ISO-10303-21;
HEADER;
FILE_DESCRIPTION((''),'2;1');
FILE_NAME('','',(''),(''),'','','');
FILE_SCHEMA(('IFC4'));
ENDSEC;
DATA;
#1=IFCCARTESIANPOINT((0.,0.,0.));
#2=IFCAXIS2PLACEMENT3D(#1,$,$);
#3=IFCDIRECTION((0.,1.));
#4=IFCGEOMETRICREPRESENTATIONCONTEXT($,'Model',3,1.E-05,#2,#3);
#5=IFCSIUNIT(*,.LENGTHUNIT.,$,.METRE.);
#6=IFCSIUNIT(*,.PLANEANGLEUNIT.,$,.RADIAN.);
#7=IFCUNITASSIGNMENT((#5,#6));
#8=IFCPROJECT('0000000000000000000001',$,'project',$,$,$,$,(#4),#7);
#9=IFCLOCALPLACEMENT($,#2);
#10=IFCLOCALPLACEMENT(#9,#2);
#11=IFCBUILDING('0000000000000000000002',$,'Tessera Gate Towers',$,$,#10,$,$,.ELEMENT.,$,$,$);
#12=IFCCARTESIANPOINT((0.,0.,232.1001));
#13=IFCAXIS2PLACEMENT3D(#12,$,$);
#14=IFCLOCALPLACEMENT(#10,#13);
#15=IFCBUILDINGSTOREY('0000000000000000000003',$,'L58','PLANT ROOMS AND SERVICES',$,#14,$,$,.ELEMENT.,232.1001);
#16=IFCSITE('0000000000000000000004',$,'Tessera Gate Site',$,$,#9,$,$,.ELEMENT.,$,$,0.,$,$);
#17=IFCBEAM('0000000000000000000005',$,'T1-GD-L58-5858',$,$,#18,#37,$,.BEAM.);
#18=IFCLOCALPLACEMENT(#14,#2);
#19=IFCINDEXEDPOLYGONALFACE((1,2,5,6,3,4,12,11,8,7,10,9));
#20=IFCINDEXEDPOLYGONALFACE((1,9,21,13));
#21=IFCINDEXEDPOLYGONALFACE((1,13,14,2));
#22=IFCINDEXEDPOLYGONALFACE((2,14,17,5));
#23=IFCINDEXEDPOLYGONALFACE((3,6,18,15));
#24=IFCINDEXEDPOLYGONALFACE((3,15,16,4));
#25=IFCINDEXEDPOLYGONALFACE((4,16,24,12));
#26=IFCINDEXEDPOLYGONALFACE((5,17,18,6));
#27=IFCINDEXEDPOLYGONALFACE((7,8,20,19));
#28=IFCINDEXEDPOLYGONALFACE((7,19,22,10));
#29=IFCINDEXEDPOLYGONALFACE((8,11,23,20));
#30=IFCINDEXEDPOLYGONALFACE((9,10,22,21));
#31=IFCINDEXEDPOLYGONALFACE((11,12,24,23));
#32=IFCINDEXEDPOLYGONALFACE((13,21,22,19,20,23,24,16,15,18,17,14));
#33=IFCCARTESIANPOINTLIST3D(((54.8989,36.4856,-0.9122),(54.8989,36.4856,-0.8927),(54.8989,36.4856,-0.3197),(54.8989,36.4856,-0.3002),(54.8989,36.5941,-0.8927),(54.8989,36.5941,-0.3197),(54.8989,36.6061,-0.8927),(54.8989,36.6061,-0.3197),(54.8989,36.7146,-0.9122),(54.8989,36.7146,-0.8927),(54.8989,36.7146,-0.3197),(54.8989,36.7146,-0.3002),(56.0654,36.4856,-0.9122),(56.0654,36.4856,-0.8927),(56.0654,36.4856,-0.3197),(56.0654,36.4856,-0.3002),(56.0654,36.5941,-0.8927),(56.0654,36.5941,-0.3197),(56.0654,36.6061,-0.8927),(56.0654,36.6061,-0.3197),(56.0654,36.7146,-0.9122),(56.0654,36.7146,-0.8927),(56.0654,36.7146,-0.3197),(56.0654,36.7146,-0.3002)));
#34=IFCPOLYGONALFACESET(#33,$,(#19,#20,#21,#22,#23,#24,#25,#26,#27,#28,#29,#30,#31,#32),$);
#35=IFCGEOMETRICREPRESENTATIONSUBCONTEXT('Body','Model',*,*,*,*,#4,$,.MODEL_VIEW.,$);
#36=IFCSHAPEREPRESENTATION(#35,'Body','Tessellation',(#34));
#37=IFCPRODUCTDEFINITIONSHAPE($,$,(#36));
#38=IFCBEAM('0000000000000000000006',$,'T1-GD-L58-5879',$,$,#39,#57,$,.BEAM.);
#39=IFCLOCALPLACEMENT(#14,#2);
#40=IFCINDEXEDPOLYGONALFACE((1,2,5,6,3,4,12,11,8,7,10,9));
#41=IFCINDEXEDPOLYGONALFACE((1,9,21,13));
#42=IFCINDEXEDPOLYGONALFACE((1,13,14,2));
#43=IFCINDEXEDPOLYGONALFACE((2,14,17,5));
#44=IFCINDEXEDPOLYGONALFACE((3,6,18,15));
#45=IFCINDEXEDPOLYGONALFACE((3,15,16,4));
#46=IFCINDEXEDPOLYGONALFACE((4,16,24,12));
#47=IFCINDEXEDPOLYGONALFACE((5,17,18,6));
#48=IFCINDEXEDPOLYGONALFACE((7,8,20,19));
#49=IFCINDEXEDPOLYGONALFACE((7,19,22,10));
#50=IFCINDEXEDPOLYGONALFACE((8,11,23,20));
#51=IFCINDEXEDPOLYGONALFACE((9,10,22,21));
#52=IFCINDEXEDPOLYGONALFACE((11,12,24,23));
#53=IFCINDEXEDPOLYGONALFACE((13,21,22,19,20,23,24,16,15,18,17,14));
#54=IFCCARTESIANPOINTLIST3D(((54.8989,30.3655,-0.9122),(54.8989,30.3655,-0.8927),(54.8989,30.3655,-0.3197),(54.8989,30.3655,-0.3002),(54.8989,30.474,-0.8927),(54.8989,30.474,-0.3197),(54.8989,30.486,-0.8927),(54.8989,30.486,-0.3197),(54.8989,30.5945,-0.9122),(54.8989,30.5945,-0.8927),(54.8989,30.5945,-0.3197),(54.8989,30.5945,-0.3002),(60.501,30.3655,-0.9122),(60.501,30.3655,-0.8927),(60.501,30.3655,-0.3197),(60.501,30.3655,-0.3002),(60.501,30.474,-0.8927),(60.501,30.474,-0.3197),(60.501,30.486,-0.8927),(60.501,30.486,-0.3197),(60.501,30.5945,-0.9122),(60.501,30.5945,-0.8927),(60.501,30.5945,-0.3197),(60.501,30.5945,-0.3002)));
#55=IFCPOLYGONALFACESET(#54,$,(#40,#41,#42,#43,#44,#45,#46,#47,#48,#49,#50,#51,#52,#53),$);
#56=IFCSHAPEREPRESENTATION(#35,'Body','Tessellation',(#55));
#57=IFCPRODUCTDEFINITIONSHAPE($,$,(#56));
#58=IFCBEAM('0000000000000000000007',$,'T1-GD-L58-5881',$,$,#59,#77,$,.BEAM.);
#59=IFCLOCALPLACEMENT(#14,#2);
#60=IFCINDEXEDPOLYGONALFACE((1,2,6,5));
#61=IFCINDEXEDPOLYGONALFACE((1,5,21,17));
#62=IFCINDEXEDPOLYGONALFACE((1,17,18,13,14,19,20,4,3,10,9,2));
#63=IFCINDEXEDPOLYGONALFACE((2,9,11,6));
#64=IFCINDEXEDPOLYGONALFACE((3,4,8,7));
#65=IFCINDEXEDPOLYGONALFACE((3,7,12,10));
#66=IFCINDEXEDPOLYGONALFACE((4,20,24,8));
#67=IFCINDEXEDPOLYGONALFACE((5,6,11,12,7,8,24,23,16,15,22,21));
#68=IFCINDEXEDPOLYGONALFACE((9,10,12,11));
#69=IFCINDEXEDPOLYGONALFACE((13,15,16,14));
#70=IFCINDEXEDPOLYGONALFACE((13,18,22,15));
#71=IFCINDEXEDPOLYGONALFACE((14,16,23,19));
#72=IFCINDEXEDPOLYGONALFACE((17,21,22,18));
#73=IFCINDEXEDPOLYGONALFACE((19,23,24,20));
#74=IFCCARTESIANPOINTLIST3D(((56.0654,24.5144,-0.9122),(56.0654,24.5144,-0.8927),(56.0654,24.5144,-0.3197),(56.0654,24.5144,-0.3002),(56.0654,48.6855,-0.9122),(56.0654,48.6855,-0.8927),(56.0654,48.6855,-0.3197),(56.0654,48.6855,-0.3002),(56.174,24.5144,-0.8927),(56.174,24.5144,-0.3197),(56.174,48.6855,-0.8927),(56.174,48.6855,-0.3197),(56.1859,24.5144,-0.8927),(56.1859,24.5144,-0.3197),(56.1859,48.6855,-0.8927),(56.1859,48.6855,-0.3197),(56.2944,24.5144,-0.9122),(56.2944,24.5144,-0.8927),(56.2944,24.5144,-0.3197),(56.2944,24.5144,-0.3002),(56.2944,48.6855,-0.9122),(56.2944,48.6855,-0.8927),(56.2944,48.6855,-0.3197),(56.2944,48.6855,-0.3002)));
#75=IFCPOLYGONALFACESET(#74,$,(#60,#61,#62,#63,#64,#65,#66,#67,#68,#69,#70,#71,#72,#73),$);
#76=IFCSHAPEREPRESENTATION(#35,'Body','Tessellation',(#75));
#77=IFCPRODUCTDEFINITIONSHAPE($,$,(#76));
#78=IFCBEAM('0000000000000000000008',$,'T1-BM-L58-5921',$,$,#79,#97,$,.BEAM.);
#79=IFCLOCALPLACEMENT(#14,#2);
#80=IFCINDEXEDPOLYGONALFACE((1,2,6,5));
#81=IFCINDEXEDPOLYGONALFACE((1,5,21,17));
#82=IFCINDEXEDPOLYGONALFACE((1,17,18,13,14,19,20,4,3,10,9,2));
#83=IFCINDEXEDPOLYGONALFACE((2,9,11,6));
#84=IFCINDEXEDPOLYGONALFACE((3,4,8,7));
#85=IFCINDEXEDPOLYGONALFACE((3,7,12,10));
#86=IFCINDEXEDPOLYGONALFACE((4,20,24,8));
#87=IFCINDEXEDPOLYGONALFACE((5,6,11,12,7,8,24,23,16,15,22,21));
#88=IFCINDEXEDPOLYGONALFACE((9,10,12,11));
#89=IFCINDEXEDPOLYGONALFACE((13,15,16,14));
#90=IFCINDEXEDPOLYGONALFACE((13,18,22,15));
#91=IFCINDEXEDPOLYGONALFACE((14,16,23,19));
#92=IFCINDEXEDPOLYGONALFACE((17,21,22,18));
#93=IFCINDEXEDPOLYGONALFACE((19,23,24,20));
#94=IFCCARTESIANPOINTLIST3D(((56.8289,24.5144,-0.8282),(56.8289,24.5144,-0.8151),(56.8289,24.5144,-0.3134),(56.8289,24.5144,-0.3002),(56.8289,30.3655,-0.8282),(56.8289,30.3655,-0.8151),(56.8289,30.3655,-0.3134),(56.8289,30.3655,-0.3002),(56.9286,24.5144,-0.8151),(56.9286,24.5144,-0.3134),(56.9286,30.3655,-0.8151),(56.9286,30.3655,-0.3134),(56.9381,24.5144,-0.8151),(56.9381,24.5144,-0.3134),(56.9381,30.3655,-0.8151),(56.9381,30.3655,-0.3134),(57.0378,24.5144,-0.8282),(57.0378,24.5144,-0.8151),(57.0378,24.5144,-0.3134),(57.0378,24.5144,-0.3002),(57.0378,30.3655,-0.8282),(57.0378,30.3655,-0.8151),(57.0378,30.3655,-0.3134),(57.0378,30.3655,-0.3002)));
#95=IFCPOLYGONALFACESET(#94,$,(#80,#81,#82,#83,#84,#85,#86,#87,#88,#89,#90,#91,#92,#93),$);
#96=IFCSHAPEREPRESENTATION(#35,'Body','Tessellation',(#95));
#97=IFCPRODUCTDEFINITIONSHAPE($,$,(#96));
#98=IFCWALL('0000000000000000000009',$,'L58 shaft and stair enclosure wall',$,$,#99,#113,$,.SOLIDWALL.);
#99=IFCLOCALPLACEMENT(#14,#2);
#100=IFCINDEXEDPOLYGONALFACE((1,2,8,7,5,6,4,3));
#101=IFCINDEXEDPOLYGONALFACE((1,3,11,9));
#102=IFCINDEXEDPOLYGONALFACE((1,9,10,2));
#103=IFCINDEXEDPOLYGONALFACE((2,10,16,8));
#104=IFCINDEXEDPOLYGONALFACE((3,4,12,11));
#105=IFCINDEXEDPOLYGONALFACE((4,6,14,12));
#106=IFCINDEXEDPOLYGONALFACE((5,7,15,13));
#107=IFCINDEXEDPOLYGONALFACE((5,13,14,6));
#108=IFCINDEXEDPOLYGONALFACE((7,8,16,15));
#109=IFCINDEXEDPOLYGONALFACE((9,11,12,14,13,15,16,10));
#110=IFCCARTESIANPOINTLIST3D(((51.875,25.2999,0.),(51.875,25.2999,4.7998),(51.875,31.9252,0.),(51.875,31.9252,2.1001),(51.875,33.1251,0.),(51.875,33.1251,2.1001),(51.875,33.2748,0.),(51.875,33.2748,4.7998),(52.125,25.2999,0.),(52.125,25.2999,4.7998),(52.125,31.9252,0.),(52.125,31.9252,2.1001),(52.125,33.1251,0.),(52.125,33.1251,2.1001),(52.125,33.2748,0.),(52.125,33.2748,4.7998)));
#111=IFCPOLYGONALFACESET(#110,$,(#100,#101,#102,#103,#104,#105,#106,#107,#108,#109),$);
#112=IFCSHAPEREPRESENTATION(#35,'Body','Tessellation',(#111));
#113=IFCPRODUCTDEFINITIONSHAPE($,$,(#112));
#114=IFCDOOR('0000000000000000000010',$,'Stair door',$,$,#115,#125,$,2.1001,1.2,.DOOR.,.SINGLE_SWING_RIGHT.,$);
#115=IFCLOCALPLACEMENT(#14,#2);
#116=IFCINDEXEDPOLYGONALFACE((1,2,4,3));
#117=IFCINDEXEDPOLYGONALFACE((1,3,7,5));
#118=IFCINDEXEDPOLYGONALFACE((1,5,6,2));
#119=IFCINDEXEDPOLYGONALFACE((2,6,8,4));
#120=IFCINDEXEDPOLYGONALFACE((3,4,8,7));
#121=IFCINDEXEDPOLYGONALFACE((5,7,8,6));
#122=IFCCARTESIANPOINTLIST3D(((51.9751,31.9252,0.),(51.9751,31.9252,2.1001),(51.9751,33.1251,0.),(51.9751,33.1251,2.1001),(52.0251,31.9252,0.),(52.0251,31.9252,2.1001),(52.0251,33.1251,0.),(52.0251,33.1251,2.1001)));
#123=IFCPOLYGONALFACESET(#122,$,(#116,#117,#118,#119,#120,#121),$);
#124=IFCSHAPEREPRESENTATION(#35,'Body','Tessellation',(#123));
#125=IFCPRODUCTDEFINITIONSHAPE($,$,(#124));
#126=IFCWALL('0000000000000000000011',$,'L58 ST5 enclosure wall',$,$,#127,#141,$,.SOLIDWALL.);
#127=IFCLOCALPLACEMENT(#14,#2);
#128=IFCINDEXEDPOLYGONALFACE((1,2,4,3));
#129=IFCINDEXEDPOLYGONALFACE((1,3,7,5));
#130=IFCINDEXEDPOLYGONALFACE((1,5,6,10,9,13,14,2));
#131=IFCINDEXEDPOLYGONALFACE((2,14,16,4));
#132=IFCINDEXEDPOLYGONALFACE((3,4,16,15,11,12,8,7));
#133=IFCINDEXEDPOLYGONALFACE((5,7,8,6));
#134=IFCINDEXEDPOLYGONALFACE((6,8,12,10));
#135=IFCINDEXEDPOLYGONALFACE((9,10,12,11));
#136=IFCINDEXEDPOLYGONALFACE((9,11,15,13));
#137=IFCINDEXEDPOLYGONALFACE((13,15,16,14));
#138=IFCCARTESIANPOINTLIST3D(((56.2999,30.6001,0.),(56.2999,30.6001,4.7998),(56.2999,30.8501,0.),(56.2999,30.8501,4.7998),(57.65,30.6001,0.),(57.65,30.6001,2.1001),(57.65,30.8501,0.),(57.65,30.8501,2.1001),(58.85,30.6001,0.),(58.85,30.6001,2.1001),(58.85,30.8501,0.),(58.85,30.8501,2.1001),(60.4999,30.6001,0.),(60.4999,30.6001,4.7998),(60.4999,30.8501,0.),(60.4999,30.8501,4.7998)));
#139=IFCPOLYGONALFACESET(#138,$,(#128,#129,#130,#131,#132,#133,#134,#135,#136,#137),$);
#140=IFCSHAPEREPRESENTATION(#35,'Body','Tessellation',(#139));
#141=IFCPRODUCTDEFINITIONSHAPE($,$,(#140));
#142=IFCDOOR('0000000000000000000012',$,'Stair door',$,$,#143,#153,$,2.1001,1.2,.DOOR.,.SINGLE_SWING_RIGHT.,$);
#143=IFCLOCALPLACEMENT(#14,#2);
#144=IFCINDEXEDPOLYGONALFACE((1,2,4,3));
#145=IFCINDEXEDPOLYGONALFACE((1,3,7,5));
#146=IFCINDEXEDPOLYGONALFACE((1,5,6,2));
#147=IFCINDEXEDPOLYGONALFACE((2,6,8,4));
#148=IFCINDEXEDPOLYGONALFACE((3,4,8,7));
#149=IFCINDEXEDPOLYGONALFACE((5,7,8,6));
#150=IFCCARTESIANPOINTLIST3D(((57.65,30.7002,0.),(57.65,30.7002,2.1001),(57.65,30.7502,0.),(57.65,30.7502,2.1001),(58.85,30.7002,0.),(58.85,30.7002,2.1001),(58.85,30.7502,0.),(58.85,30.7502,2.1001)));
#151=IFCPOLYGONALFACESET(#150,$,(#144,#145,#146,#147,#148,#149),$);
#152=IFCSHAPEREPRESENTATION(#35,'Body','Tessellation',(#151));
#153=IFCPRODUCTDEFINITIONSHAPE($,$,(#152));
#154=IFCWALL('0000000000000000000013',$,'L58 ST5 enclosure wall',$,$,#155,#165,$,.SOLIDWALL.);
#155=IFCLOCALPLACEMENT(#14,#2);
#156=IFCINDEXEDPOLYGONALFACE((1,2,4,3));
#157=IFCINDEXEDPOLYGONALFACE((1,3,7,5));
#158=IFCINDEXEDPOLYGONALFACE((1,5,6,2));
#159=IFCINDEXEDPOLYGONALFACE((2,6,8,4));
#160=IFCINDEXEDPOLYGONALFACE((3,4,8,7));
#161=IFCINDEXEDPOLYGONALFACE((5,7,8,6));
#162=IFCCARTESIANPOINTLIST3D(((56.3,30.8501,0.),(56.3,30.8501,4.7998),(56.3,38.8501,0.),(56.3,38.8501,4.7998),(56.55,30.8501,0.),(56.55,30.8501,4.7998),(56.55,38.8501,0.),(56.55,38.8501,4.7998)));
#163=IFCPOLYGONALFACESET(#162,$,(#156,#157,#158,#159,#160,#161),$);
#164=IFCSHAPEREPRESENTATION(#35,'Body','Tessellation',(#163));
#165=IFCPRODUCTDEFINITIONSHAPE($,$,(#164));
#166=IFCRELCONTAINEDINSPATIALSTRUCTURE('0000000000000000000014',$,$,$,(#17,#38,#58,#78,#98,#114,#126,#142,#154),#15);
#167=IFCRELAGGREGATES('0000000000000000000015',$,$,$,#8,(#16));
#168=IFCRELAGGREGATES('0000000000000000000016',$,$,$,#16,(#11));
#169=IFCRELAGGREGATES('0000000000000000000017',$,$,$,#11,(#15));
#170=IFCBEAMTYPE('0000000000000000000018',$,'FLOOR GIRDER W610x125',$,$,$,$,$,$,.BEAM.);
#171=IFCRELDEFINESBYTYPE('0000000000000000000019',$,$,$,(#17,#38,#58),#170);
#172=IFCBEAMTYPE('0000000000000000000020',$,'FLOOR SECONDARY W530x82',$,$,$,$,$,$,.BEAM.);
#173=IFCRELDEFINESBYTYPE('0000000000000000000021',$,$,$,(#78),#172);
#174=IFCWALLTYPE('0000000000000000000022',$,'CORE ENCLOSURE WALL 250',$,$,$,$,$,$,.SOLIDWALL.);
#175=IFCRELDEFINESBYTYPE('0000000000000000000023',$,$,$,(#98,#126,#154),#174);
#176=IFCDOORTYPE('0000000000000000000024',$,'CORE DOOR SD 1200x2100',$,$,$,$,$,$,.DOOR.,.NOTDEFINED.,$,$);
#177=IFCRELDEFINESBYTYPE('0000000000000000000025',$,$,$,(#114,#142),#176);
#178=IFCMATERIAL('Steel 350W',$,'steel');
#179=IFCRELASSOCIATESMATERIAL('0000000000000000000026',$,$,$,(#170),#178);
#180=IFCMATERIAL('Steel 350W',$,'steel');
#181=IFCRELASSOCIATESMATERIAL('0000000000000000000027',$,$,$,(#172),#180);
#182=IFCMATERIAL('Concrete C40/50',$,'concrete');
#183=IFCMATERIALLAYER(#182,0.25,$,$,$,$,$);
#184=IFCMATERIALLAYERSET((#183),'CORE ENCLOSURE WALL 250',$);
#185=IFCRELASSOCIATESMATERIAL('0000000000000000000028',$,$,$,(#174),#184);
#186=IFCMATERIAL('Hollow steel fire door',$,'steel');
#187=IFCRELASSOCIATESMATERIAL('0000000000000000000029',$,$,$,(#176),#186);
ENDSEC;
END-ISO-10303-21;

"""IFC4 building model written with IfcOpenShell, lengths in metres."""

from ifc_helpers import new_model, si_unit, direction, frame, frame_2d, origin, origin_2d, place, context, subcontext, project, spatial, rectangle, i_section, extrude, source, transform, mapped, material, layer, layer_set, material_profile, profile_set, type_object, element, fill, save


model = new_model("IFC4")

# Units and contexts
model_context = context("Model", 3, precision=1e-05, world=origin(), true_north=direction((0.0, 1.0)))
body_context = subcontext(model_context, "Body", "Model", "MODEL_VIEW")
ifc_project = project(units=[si_unit("LENGTHUNIT", "METRE"), si_unit("PLANEANGLEUNIT", "RADIAN")], contexts=[model_context])

# Site, building, storey
site_placement = place(None, origin())
site = spatial("IfcSite", under=ifc_project, at=site_placement, Name="Tessera Gate Site", CompositionType="ELEMENT", RefElevation=0.0)
building_placement = place(site_placement, origin())
building = spatial("IfcBuilding", under=site, at=building_placement, Name="Tessera Gate Towers", CompositionType="ELEMENT")
storey_placement = place(building_placement, frame((0.0, 0.0, 232.1001)))
storey = spatial("IfcBuildingStorey", under=building, at=storey_placement, Name="L58", Description="PLANT ROOMS AND SERVICES", CompositionType="ELEMENT", Elevation=232.1001)

# Beams
ifc_material_1 = material(Name="Steel 350W", Category="steel")
ifc_material_profile_1 = material_profile(ifc_material_1, i_section(OverallWidth=0.229, OverallDepth=0.6121, WebThickness=0.012, FlangeThickness=0.0195, at=origin_2d()), Name="W610x125")
ifc_profile_set_1 = profile_set([ifc_material_profile_1], Name="Steel 350W")
beam_type_1 = type_object("IfcBeamType", Name="FLOOR GIRDER W610x125", PredefinedType="BEAM", material=ifc_profile_set_1)
beam_1_placement = place(storey_placement, frame((54.8989, 36.6001, -0.6062), z_axis=(1.0, 0.0, 0.0), x_axis=(0.0, 1.0, 0.0)))
element("IfcBeam", 1, at=beam_1_placement, inside=storey, type_object=beam_type_1, Name="T1-GD-L58-5858", PredefinedType="BEAM", context=body_context, shape_type="SweptSolid", body=[
    extrude(i_section(OverallWidth=0.229, OverallDepth=0.6121, WebThickness=0.012, FlangeThickness=0.0195, at=origin_2d()), origin(), (0.0, 0.0, 1.0), 1.1665),
])
beam_2_placement = place(storey_placement, frame((54.8989, 30.48, -0.6062), z_axis=(1.0, 0.0, 0.0), x_axis=(0.0, 1.0, 0.0)))
element("IfcBeam", 2, at=beam_2_placement, inside=storey, type_object=beam_type_1, Name="T1-GD-L58-5879", PredefinedType="BEAM", context=body_context, shape_type="SweptSolid", body=[
    extrude(i_section(OverallWidth=0.229, OverallDepth=0.6121, WebThickness=0.012, FlangeThickness=0.0195, at=origin_2d()), origin(), (0.0, 0.0, 1.0), 5.6021),
])
beam_3_placement = place(storey_placement, frame((56.1799, 24.5144, -0.6062), z_axis=(0.0, 1.0, 0.0), x_axis=(-1.0, 0.0, 0.0)))
element("IfcBeam", 3, at=beam_3_placement, inside=storey, type_object=beam_type_1, Name="T1-GD-L58-5881", PredefinedType="BEAM", context=body_context, shape_type="SweptSolid", body=[
    extrude(i_section(OverallWidth=0.229, OverallDepth=0.6121, WebThickness=0.012, FlangeThickness=0.0195, at=origin_2d()), origin(), (0.0, 0.0, 1.0), 24.1711),
])
ifc_material_2 = material(Name="Steel 350W", Category="steel")
ifc_material_profile_2 = material_profile(ifc_material_2, i_section(OverallWidth=0.209, OverallDepth=0.5281, WebThickness=0.0095, FlangeThickness=0.0132, at=origin_2d()), Name="W530x82")
ifc_profile_set_2 = profile_set([ifc_material_profile_2], Name="Steel 350W")
beam_type_2 = type_object("IfcBeamType", Name="FLOOR SECONDARY W530x82", PredefinedType="BEAM", material=ifc_profile_set_2)
beam_4_placement = place(storey_placement, frame((56.9333, 24.5144, -0.5642), z_axis=(0.0, 1.0, 0.0), x_axis=(-1.0, 0.0, 0.0)))
element("IfcBeam", 4, at=beam_4_placement, inside=storey, type_object=beam_type_2, Name="T1-BM-L58-5921", PredefinedType="BEAM", context=body_context, shape_type="SweptSolid", body=[
    extrude(i_section(OverallWidth=0.209, OverallDepth=0.5281, WebThickness=0.0095, FlangeThickness=0.0132, at=origin_2d()), origin(), (0.0, 0.0, 1.0), 5.8511),
])

# Walls, openings, doors
ifc_material_3 = material(Name="Concrete C40/50", Category="concrete")
ifc_layer_1 = layer(ifc_material_3, 0.25)
ifc_layer_set_1 = layer_set([ifc_layer_1], Name="CORE ENCLOSURE WALL 250")
wall_type_1 = type_object("IfcWallType", Name="CORE ENCLOSURE WALL 250", PredefinedType="SOLIDWALL", material=ifc_layer_set_1)
wall_1_placement = place(storey_placement, frame((52.0, 25.3, 0.0), z_axis=(0.0, 0.0, 1.0), x_axis=(0.0, 1.0, 0.0)))
wall_1 = element("IfcWall", 5, at=wall_1_placement, inside=storey, type_object=wall_type_1, Name="L58 shaft and stair enclosure wall", PredefinedType="SOLIDWALL", context=body_context, shape_type="SweptSolid", body=[
    extrude(rectangle(XDim=7.9749, YDim=0.25, at=frame_2d((3.9873, 0.0))), origin(), (0.0, 0.0, 1.0), 4.7998),
])
shared_shape_1 = source(origin(), body_context, "Body", "SweptSolid", [
    extrude(rectangle(XDim=1.2, YDim=2.1001, at=frame_2d((0.6001, 1.05))), frame((0.0, 0.135, 0.0), z_axis=(0.0, -1.0, 0.0), x_axis=(1.0, 0.0, 0.0)), (0.0, 0.0, 1.0), 0.27),
])
opening_1_placement = place(wall_1_placement, frame((6.625, 0.0, 0.0)))
opening_1 = element("IfcOpeningElement", 6, at=opening_1_placement, cuts=wall_1, PredefinedType="OPENING", context=body_context, shape_type="MappedRepresentation", body=[
    mapped(shared_shape_1, transform((0.0, 0.0, 0.0), scale=1.0)),
])
ifc_material_4 = material(Name="Hollow steel fire door", Category="steel")
door_type_1 = type_object("IfcDoorType", Name="CORE DOOR SD 1200x2100", OperationType="NOTDEFINED", PredefinedType="DOOR", material=ifc_material_4)
shared_shape_2 = source(origin(), body_context, "Body", "SweptSolid", [
    extrude(rectangle(XDim=1.2, YDim=2.1001, at=frame_2d((0.6001, 1.05))), frame((0.0, 0.0249, 0.0), z_axis=(0.0, -1.0, 0.0), x_axis=(1.0, 0.0, 0.0)), (0.0, 0.0, 1.0), 0.05),
])
door_1_placement = place(opening_1_placement, origin())
door_1 = element("IfcDoor", 7, at=door_1_placement, inside=storey, type_object=door_type_1, Name="Stair door", OperationType="SINGLE_SWING_RIGHT", OverallHeight=2.1001, OverallWidth=1.2, PredefinedType="DOOR", context=body_context, shape_type="MappedRepresentation", body=[
    mapped(shared_shape_2, transform((0.0, 0.0, 0.0), scale=1.0)),
])
fill(opening_1, door_1)
wall_2_placement = place(storey_placement, frame((60.5, 30.7251, 0.0), z_axis=(0.0, 0.0, 1.0), x_axis=(-1.0, 0.0, 0.0)))
wall_2 = element("IfcWall", 8, at=wall_2_placement, inside=storey, type_object=wall_type_1, Name="L58 ST5 enclosure wall", PredefinedType="SOLIDWALL", context=body_context, shape_type="SweptSolid", body=[
    extrude(rectangle(XDim=4.2, YDim=0.25, at=frame_2d((2.1001, 0.0))), origin(), (0.0, 0.0, 1.0), 4.7998),
])
opening_2_placement = place(wall_2_placement, frame((1.6499, 0.0, 0.0)))
opening_2 = element("IfcOpeningElement", 9, at=opening_2_placement, cuts=wall_2, PredefinedType="OPENING", context=body_context, shape_type="MappedRepresentation", body=[
    mapped(shared_shape_1, transform((0.0, 0.0, 0.0), scale=1.0)),
])
door_2_placement = place(opening_2_placement, origin())
door_2 = element("IfcDoor", 10, at=door_2_placement, inside=storey, type_object=door_type_1, Name="Stair door", OperationType="SINGLE_SWING_RIGHT", OverallHeight=2.1001, OverallWidth=1.2, PredefinedType="DOOR", context=body_context, shape_type="MappedRepresentation", body=[
    mapped(shared_shape_2, transform((0.0, 0.0, 0.0), scale=1.0)),
])
fill(opening_2, door_2)

# Wall
wall_3_placement = place(storey_placement, frame((56.425, 30.8501, 0.0), z_axis=(0.0, 0.0, 1.0), x_axis=(0.0, 1.0, 0.0)))
element("IfcWall", 11, at=wall_3_placement, inside=storey, type_object=wall_type_1, Name="L58 ST5 enclosure wall", PredefinedType="SOLIDWALL", context=body_context, shape_type="SweptSolid", body=[
    extrude(rectangle(XDim=8.0, YDim=0.25, at=frame_2d((4.0, 0.0))), origin(), (0.0, 0.0, 1.0), 4.7998),
])

save(model, "model.ifc")
